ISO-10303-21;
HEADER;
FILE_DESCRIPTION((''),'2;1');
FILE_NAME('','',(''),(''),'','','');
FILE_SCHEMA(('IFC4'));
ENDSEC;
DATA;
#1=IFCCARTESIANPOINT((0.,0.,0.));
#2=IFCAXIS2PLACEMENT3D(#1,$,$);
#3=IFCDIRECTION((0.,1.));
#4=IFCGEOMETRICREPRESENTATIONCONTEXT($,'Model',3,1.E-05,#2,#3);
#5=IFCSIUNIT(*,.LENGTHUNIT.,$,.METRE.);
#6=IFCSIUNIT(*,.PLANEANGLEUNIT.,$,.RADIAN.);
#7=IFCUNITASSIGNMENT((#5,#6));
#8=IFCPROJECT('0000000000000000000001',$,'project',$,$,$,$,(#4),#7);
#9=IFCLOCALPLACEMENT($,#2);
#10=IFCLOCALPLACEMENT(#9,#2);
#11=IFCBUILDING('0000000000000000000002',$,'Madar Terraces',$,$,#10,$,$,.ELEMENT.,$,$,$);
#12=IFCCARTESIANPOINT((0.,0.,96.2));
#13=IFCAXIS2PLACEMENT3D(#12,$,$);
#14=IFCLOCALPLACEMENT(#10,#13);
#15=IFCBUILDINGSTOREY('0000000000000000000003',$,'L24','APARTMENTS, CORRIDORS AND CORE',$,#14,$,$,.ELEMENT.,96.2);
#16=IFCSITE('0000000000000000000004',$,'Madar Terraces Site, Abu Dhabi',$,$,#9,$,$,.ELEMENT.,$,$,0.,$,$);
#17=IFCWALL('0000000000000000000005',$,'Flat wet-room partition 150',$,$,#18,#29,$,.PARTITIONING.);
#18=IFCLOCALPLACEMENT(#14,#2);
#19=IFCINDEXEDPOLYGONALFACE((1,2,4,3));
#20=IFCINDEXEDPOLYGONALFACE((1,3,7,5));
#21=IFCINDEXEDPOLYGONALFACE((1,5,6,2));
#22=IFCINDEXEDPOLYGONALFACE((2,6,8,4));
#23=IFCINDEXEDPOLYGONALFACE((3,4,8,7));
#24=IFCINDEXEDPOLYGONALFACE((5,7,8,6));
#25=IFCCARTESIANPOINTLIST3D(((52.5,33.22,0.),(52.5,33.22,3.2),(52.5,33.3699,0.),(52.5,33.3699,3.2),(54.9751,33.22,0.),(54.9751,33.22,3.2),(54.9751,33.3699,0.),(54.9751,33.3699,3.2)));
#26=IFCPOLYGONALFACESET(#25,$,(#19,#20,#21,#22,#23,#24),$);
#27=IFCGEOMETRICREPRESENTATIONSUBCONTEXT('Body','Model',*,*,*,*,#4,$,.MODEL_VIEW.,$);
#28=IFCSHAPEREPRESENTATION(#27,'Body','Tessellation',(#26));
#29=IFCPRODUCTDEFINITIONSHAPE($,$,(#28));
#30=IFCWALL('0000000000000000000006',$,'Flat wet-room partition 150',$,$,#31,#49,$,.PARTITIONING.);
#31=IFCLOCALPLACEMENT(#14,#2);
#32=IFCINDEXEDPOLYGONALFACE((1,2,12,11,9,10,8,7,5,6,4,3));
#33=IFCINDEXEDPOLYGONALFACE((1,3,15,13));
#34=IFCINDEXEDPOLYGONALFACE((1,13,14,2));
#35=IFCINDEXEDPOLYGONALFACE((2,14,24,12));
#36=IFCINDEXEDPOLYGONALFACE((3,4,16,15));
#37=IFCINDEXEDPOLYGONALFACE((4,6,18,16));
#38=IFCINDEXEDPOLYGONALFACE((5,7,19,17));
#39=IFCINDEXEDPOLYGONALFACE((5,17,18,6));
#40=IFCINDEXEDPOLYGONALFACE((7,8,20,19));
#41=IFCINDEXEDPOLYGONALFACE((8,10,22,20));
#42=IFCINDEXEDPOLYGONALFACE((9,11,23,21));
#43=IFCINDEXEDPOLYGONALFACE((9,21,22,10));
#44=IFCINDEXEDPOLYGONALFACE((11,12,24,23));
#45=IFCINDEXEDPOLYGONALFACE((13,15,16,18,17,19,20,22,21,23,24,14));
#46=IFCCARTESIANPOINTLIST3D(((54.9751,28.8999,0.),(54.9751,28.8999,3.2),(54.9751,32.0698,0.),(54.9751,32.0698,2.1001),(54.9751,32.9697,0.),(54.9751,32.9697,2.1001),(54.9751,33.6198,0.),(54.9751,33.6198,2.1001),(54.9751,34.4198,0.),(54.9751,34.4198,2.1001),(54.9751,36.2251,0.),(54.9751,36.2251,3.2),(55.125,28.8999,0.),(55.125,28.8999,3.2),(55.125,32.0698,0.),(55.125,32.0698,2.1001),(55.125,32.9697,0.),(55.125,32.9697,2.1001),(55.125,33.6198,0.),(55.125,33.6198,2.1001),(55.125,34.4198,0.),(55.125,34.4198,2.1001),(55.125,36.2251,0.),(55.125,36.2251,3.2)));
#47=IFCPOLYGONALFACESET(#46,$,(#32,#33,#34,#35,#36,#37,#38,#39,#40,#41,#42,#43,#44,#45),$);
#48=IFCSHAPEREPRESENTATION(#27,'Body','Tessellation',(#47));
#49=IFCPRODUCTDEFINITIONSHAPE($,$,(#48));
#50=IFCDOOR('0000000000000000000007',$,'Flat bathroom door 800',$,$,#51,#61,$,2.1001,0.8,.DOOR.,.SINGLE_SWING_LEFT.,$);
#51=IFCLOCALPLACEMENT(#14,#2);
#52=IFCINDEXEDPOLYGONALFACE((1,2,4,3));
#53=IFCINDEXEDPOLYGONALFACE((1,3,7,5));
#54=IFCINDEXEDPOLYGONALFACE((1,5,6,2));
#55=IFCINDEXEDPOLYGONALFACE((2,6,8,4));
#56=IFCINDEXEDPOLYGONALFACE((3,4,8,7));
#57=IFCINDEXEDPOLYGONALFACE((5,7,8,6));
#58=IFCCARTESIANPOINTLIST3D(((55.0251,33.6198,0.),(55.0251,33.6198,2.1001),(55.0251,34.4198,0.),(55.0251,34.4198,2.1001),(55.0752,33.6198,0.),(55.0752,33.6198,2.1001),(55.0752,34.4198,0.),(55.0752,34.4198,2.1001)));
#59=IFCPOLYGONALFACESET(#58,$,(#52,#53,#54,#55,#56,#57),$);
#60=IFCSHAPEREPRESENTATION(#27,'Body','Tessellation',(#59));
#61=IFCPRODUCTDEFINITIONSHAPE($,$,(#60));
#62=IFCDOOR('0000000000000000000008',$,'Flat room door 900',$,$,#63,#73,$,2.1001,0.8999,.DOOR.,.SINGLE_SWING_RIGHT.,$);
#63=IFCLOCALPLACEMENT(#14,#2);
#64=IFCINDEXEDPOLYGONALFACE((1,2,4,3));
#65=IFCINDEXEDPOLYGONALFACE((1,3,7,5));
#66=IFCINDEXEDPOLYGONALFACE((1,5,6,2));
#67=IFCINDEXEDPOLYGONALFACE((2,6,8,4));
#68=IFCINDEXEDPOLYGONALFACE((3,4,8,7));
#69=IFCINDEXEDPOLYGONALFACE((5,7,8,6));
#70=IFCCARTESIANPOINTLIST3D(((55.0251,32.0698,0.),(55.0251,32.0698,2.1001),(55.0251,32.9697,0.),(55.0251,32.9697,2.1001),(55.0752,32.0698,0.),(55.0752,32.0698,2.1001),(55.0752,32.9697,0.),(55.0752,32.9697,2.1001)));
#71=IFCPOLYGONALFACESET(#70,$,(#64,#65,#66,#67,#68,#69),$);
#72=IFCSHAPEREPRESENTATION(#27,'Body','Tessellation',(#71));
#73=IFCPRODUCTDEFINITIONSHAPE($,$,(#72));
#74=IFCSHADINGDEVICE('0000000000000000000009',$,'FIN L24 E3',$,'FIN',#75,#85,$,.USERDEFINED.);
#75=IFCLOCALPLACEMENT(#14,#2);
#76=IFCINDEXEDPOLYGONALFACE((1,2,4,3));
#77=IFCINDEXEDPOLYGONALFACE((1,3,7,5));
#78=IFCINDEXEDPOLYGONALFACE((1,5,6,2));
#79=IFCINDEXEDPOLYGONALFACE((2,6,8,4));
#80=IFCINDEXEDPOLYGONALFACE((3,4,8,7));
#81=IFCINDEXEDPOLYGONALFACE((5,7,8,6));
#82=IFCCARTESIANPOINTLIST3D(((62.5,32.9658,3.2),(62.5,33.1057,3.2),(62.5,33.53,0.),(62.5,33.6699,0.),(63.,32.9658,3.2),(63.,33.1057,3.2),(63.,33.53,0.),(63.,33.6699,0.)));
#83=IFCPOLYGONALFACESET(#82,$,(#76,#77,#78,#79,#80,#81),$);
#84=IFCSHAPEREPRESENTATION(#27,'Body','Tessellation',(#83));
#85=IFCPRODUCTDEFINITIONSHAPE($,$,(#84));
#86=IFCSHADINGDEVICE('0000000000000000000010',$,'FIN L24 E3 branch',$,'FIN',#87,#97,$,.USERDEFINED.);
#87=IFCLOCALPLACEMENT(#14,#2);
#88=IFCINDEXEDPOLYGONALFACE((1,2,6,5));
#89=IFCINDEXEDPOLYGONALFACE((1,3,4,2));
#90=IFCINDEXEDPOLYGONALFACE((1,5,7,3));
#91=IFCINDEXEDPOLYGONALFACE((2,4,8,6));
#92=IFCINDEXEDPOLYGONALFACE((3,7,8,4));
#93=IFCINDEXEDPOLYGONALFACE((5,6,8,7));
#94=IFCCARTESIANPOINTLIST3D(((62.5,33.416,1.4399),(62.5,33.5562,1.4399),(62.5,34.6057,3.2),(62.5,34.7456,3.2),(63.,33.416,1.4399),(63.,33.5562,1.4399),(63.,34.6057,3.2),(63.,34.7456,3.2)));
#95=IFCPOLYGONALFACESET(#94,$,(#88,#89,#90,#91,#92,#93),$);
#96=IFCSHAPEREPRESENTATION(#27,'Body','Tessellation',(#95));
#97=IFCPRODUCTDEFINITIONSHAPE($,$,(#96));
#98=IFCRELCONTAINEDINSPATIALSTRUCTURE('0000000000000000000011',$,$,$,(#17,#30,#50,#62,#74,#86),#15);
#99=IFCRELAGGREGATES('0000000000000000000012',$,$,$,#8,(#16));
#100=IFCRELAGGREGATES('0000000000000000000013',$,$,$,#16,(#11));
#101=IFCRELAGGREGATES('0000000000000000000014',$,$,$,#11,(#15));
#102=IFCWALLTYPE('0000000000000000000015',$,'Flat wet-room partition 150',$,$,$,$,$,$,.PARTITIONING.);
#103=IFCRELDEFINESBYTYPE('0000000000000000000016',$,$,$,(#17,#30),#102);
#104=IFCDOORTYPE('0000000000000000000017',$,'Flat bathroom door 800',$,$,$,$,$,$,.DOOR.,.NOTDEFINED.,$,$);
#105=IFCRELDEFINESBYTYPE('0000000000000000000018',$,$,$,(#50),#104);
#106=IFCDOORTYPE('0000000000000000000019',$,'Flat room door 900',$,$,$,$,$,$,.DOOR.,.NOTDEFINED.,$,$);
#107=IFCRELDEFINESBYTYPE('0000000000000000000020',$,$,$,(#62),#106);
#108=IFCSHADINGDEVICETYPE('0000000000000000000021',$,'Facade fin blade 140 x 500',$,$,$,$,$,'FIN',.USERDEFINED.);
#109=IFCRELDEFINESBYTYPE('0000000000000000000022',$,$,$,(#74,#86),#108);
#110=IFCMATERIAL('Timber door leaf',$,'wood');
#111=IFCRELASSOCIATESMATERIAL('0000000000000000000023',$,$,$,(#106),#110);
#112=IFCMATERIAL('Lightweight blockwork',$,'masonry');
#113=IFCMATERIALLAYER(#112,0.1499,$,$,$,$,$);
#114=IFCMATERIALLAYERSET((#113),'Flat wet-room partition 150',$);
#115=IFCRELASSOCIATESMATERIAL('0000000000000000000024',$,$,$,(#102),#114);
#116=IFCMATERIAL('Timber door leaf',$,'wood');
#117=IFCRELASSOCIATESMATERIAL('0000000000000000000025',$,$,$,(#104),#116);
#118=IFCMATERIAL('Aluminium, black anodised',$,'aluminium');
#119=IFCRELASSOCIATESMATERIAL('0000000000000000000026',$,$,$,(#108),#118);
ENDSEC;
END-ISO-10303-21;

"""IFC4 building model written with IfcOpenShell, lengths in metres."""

from ifc_helpers import new_model, si_unit, direction, frame, frame_2d, origin, place, context, subcontext, project, spatial, polyline, rectangle, outline, extrude, material, layer, layer_set, type_object, element, fill, save


model = new_model("IFC4")

# Units and contexts
model_context = context("Model", 3, precision=1e-05, world=origin(), true_north=direction((0.0, 1.0)))
body_context = subcontext(model_context, "Body", "Model", "MODEL_VIEW")
ifc_project = project(units=[si_unit("LENGTHUNIT", "METRE"), si_unit("PLANEANGLEUNIT", "RADIAN")], contexts=[model_context])

# Site, building, storey
site_placement = place(None, origin())
site = spatial("IfcSite", under=ifc_project, at=site_placement, Name="Madar Terraces Site, Abu Dhabi", CompositionType="ELEMENT", RefElevation=0.0)
building_placement = place(site_placement, origin())
building = spatial("IfcBuilding", under=site, at=building_placement, Name="Madar Terraces", CompositionType="ELEMENT")
storey_placement = place(building_placement, frame((0.0, 0.0, 96.2)))
storey = spatial("IfcBuildingStorey", under=building, at=storey_placement, Name="L24", Description="APARTMENTS, CORRIDORS AND CORE", CompositionType="ELEMENT", Elevation=96.2)

# Shared definitions
ifc_material_1 = material(Name="Timber door leaf", Category="wood")
door_type_1 = type_object("IfcDoorType", Name="Flat room door 900", OperationType="NOTDEFINED", PredefinedType="DOOR", material=ifc_material_1)

# Wall
ifc_material_2 = material(Name="Lightweight blockwork", Category="masonry")
ifc_layer_1 = layer(ifc_material_2, 0.1499)
ifc_layer_set_1 = layer_set([ifc_layer_1], Name="Flat wet-room partition 150")
wall_type_1 = type_object("IfcWallType", Name="Flat wet-room partition 150", PredefinedType="PARTITIONING", material=ifc_layer_set_1)
wall_1_placement = place(storey_placement, frame((52.5, 33.2949, 0.0), z_axis=(0.0, 0.0, 1.0), x_axis=(1.0, 0.0, 0.0)))
element("IfcWall", 1, at=wall_1_placement, inside=storey, type_object=wall_type_1, Name="Flat wet-room partition 150", PredefinedType="PARTITIONING", context=body_context, shape_type="SweptSolid", body=[
    extrude(rectangle(XDim=2.4751, YDim=0.1499, at=frame_2d((1.2375, 0.0))), origin(), (0.0, 0.0, 1.0), 3.2),
])

# Wall, openings, doors
wall_2_placement = place(storey_placement, frame((55.05, 28.8999, 0.0), z_axis=(0.0, 0.0, 1.0), x_axis=(0.0, 1.0, 0.0)))
wall_2 = element("IfcWall", 2, at=wall_2_placement, inside=storey, type_object=wall_type_1, Name="Flat wet-room partition 150", PredefinedType="PARTITIONING", context=body_context, shape_type="SweptSolid", body=[
    extrude(rectangle(XDim=7.3252, YDim=0.1499, at=frame_2d((3.6626, 0.0))), origin(), (0.0, 0.0, 1.0), 3.2),
])
opening_1_placement = place(wall_2_placement, frame((4.72, 0.0, 0.0)))
opening_1 = element("IfcOpeningElement", 3, at=opening_1_placement, cuts=wall_2, PredefinedType="OPENING", context=body_context, shape_type="SweptSolid", body=[
    extrude(rectangle(XDim=0.8, YDim=2.1001, at=frame_2d((0.3999, 1.05))), frame((0.0, 0.085, 0.0), z_axis=(0.0, -1.0, 0.0), x_axis=(1.0, 0.0, 0.0)), (0.0, 0.0, 1.0), 0.1699),
])
opening_2_placement = place(wall_2_placement, frame((3.1699, 0.0, 0.0)))
opening_2 = element("IfcOpeningElement", 4, at=opening_2_placement, cuts=wall_2, PredefinedType="OPENING", context=body_context, shape_type="SweptSolid", body=[
    extrude(rectangle(XDim=0.8999, YDim=2.1001, at=frame_2d((0.45, 1.05))), frame((0.0, 0.085, 0.0), z_axis=(0.0, -1.0, 0.0), x_axis=(1.0, 0.0, 0.0)), (0.0, 0.0, 1.0), 0.1699),
])
ifc_material_3 = material(Name="Timber door leaf", Category="wood")
door_type_2 = type_object("IfcDoorType", Name="Flat bathroom door 800", OperationType="NOTDEFINED", PredefinedType="DOOR", material=ifc_material_3)
door_1_placement = place(opening_1_placement, origin())
door_1 = element("IfcDoor", 5, at=door_1_placement, inside=storey, type_object=door_type_2, Name="Flat bathroom door 800", OperationType="SINGLE_SWING_LEFT", OverallHeight=2.1001, OverallWidth=0.8, PredefinedType="DOOR", context=body_context, shape_type="SweptSolid", body=[
    extrude(rectangle(XDim=0.8, YDim=2.1001, at=frame_2d((0.3999, 1.05))), frame((0.0, 0.0249, 0.0), z_axis=(0.0, -1.0, 0.0), x_axis=(1.0, 0.0, 0.0)), (0.0, 0.0, 1.0), 0.05),
])
fill(opening_1, door_1)
door_2_placement = place(opening_2_placement, origin())
door_2 = element("IfcDoor", 6, at=door_2_placement, inside=storey, type_object=door_type_1, Name="Flat room door 900", OperationType="SINGLE_SWING_RIGHT", OverallHeight=2.1001, OverallWidth=0.8999, PredefinedType="DOOR", context=body_context, shape_type="SweptSolid", body=[
    extrude(rectangle(XDim=0.8999, YDim=2.1001, at=frame_2d((0.45, 1.05))), frame((0.0, 0.0249, 0.0), z_axis=(0.0, -1.0, 0.0), x_axis=(1.0, 0.0, 0.0)), (0.0, 0.0, 1.0), 0.05),
])
fill(opening_2, door_2)

# Shading devices
ifc_material_4 = material(Name="Aluminium, black anodised", Category="aluminium")
shading_device_type = type_object("IfcShadingDeviceType", Name="Facade fin blade 140 x 500", ElementType="FIN", PredefinedType="USERDEFINED", material=ifc_material_4)
shading_device_1_placement = place(storey_placement, frame((62.75, 33.53, 0.0), z_axis=(0.0, 0.0, 1.0), x_axis=(0.0, 1.0, 0.0)))
element("IfcShadingDevice", 7, at=shading_device_1_placement, inside=storey, type_object=shading_device_type, Name="FIN L24 E3", ObjectType="FIN", PredefinedType="USERDEFINED", context=body_context, shape_type="SweptSolid", body=[
    extrude(outline(polyline([(0.0, 0.0), (0.1399, 0.0), (-0.4243, 3.2), (-0.5642, 3.2), (0.0, 0.0)])), frame((0.0, 0.25, 0.0), z_axis=(0.0, -1.0, 0.0), x_axis=(1.0, 0.0, 0.0)), (0.0, 0.0, 1.0), 0.5),
])
shading_device_2_placement = place(storey_placement, frame((62.75, 33.416, 1.4399), z_axis=(0.0, 0.0, 1.0), x_axis=(0.0, 1.0, 0.0)))
element("IfcShadingDevice", 8, at=shading_device_2_placement, inside=storey, type_object=shading_device_type, Name="FIN L24 E3 branch", ObjectType="FIN", PredefinedType="USERDEFINED", context=body_context, shape_type="SweptSolid", body=[
    extrude(outline(polyline([(0.0, 0.0), (0.1401, 0.0), (1.3296, 1.76), (1.1897, 1.76), (0.0, 0.0)])), frame((0.0, 0.25, 0.0), z_axis=(0.0, -1.0, 0.0), x_axis=(1.0, 0.0, 0.0)), (0.0, 0.0, 1.0), 0.5),
])

save(model, "model.ifc")
